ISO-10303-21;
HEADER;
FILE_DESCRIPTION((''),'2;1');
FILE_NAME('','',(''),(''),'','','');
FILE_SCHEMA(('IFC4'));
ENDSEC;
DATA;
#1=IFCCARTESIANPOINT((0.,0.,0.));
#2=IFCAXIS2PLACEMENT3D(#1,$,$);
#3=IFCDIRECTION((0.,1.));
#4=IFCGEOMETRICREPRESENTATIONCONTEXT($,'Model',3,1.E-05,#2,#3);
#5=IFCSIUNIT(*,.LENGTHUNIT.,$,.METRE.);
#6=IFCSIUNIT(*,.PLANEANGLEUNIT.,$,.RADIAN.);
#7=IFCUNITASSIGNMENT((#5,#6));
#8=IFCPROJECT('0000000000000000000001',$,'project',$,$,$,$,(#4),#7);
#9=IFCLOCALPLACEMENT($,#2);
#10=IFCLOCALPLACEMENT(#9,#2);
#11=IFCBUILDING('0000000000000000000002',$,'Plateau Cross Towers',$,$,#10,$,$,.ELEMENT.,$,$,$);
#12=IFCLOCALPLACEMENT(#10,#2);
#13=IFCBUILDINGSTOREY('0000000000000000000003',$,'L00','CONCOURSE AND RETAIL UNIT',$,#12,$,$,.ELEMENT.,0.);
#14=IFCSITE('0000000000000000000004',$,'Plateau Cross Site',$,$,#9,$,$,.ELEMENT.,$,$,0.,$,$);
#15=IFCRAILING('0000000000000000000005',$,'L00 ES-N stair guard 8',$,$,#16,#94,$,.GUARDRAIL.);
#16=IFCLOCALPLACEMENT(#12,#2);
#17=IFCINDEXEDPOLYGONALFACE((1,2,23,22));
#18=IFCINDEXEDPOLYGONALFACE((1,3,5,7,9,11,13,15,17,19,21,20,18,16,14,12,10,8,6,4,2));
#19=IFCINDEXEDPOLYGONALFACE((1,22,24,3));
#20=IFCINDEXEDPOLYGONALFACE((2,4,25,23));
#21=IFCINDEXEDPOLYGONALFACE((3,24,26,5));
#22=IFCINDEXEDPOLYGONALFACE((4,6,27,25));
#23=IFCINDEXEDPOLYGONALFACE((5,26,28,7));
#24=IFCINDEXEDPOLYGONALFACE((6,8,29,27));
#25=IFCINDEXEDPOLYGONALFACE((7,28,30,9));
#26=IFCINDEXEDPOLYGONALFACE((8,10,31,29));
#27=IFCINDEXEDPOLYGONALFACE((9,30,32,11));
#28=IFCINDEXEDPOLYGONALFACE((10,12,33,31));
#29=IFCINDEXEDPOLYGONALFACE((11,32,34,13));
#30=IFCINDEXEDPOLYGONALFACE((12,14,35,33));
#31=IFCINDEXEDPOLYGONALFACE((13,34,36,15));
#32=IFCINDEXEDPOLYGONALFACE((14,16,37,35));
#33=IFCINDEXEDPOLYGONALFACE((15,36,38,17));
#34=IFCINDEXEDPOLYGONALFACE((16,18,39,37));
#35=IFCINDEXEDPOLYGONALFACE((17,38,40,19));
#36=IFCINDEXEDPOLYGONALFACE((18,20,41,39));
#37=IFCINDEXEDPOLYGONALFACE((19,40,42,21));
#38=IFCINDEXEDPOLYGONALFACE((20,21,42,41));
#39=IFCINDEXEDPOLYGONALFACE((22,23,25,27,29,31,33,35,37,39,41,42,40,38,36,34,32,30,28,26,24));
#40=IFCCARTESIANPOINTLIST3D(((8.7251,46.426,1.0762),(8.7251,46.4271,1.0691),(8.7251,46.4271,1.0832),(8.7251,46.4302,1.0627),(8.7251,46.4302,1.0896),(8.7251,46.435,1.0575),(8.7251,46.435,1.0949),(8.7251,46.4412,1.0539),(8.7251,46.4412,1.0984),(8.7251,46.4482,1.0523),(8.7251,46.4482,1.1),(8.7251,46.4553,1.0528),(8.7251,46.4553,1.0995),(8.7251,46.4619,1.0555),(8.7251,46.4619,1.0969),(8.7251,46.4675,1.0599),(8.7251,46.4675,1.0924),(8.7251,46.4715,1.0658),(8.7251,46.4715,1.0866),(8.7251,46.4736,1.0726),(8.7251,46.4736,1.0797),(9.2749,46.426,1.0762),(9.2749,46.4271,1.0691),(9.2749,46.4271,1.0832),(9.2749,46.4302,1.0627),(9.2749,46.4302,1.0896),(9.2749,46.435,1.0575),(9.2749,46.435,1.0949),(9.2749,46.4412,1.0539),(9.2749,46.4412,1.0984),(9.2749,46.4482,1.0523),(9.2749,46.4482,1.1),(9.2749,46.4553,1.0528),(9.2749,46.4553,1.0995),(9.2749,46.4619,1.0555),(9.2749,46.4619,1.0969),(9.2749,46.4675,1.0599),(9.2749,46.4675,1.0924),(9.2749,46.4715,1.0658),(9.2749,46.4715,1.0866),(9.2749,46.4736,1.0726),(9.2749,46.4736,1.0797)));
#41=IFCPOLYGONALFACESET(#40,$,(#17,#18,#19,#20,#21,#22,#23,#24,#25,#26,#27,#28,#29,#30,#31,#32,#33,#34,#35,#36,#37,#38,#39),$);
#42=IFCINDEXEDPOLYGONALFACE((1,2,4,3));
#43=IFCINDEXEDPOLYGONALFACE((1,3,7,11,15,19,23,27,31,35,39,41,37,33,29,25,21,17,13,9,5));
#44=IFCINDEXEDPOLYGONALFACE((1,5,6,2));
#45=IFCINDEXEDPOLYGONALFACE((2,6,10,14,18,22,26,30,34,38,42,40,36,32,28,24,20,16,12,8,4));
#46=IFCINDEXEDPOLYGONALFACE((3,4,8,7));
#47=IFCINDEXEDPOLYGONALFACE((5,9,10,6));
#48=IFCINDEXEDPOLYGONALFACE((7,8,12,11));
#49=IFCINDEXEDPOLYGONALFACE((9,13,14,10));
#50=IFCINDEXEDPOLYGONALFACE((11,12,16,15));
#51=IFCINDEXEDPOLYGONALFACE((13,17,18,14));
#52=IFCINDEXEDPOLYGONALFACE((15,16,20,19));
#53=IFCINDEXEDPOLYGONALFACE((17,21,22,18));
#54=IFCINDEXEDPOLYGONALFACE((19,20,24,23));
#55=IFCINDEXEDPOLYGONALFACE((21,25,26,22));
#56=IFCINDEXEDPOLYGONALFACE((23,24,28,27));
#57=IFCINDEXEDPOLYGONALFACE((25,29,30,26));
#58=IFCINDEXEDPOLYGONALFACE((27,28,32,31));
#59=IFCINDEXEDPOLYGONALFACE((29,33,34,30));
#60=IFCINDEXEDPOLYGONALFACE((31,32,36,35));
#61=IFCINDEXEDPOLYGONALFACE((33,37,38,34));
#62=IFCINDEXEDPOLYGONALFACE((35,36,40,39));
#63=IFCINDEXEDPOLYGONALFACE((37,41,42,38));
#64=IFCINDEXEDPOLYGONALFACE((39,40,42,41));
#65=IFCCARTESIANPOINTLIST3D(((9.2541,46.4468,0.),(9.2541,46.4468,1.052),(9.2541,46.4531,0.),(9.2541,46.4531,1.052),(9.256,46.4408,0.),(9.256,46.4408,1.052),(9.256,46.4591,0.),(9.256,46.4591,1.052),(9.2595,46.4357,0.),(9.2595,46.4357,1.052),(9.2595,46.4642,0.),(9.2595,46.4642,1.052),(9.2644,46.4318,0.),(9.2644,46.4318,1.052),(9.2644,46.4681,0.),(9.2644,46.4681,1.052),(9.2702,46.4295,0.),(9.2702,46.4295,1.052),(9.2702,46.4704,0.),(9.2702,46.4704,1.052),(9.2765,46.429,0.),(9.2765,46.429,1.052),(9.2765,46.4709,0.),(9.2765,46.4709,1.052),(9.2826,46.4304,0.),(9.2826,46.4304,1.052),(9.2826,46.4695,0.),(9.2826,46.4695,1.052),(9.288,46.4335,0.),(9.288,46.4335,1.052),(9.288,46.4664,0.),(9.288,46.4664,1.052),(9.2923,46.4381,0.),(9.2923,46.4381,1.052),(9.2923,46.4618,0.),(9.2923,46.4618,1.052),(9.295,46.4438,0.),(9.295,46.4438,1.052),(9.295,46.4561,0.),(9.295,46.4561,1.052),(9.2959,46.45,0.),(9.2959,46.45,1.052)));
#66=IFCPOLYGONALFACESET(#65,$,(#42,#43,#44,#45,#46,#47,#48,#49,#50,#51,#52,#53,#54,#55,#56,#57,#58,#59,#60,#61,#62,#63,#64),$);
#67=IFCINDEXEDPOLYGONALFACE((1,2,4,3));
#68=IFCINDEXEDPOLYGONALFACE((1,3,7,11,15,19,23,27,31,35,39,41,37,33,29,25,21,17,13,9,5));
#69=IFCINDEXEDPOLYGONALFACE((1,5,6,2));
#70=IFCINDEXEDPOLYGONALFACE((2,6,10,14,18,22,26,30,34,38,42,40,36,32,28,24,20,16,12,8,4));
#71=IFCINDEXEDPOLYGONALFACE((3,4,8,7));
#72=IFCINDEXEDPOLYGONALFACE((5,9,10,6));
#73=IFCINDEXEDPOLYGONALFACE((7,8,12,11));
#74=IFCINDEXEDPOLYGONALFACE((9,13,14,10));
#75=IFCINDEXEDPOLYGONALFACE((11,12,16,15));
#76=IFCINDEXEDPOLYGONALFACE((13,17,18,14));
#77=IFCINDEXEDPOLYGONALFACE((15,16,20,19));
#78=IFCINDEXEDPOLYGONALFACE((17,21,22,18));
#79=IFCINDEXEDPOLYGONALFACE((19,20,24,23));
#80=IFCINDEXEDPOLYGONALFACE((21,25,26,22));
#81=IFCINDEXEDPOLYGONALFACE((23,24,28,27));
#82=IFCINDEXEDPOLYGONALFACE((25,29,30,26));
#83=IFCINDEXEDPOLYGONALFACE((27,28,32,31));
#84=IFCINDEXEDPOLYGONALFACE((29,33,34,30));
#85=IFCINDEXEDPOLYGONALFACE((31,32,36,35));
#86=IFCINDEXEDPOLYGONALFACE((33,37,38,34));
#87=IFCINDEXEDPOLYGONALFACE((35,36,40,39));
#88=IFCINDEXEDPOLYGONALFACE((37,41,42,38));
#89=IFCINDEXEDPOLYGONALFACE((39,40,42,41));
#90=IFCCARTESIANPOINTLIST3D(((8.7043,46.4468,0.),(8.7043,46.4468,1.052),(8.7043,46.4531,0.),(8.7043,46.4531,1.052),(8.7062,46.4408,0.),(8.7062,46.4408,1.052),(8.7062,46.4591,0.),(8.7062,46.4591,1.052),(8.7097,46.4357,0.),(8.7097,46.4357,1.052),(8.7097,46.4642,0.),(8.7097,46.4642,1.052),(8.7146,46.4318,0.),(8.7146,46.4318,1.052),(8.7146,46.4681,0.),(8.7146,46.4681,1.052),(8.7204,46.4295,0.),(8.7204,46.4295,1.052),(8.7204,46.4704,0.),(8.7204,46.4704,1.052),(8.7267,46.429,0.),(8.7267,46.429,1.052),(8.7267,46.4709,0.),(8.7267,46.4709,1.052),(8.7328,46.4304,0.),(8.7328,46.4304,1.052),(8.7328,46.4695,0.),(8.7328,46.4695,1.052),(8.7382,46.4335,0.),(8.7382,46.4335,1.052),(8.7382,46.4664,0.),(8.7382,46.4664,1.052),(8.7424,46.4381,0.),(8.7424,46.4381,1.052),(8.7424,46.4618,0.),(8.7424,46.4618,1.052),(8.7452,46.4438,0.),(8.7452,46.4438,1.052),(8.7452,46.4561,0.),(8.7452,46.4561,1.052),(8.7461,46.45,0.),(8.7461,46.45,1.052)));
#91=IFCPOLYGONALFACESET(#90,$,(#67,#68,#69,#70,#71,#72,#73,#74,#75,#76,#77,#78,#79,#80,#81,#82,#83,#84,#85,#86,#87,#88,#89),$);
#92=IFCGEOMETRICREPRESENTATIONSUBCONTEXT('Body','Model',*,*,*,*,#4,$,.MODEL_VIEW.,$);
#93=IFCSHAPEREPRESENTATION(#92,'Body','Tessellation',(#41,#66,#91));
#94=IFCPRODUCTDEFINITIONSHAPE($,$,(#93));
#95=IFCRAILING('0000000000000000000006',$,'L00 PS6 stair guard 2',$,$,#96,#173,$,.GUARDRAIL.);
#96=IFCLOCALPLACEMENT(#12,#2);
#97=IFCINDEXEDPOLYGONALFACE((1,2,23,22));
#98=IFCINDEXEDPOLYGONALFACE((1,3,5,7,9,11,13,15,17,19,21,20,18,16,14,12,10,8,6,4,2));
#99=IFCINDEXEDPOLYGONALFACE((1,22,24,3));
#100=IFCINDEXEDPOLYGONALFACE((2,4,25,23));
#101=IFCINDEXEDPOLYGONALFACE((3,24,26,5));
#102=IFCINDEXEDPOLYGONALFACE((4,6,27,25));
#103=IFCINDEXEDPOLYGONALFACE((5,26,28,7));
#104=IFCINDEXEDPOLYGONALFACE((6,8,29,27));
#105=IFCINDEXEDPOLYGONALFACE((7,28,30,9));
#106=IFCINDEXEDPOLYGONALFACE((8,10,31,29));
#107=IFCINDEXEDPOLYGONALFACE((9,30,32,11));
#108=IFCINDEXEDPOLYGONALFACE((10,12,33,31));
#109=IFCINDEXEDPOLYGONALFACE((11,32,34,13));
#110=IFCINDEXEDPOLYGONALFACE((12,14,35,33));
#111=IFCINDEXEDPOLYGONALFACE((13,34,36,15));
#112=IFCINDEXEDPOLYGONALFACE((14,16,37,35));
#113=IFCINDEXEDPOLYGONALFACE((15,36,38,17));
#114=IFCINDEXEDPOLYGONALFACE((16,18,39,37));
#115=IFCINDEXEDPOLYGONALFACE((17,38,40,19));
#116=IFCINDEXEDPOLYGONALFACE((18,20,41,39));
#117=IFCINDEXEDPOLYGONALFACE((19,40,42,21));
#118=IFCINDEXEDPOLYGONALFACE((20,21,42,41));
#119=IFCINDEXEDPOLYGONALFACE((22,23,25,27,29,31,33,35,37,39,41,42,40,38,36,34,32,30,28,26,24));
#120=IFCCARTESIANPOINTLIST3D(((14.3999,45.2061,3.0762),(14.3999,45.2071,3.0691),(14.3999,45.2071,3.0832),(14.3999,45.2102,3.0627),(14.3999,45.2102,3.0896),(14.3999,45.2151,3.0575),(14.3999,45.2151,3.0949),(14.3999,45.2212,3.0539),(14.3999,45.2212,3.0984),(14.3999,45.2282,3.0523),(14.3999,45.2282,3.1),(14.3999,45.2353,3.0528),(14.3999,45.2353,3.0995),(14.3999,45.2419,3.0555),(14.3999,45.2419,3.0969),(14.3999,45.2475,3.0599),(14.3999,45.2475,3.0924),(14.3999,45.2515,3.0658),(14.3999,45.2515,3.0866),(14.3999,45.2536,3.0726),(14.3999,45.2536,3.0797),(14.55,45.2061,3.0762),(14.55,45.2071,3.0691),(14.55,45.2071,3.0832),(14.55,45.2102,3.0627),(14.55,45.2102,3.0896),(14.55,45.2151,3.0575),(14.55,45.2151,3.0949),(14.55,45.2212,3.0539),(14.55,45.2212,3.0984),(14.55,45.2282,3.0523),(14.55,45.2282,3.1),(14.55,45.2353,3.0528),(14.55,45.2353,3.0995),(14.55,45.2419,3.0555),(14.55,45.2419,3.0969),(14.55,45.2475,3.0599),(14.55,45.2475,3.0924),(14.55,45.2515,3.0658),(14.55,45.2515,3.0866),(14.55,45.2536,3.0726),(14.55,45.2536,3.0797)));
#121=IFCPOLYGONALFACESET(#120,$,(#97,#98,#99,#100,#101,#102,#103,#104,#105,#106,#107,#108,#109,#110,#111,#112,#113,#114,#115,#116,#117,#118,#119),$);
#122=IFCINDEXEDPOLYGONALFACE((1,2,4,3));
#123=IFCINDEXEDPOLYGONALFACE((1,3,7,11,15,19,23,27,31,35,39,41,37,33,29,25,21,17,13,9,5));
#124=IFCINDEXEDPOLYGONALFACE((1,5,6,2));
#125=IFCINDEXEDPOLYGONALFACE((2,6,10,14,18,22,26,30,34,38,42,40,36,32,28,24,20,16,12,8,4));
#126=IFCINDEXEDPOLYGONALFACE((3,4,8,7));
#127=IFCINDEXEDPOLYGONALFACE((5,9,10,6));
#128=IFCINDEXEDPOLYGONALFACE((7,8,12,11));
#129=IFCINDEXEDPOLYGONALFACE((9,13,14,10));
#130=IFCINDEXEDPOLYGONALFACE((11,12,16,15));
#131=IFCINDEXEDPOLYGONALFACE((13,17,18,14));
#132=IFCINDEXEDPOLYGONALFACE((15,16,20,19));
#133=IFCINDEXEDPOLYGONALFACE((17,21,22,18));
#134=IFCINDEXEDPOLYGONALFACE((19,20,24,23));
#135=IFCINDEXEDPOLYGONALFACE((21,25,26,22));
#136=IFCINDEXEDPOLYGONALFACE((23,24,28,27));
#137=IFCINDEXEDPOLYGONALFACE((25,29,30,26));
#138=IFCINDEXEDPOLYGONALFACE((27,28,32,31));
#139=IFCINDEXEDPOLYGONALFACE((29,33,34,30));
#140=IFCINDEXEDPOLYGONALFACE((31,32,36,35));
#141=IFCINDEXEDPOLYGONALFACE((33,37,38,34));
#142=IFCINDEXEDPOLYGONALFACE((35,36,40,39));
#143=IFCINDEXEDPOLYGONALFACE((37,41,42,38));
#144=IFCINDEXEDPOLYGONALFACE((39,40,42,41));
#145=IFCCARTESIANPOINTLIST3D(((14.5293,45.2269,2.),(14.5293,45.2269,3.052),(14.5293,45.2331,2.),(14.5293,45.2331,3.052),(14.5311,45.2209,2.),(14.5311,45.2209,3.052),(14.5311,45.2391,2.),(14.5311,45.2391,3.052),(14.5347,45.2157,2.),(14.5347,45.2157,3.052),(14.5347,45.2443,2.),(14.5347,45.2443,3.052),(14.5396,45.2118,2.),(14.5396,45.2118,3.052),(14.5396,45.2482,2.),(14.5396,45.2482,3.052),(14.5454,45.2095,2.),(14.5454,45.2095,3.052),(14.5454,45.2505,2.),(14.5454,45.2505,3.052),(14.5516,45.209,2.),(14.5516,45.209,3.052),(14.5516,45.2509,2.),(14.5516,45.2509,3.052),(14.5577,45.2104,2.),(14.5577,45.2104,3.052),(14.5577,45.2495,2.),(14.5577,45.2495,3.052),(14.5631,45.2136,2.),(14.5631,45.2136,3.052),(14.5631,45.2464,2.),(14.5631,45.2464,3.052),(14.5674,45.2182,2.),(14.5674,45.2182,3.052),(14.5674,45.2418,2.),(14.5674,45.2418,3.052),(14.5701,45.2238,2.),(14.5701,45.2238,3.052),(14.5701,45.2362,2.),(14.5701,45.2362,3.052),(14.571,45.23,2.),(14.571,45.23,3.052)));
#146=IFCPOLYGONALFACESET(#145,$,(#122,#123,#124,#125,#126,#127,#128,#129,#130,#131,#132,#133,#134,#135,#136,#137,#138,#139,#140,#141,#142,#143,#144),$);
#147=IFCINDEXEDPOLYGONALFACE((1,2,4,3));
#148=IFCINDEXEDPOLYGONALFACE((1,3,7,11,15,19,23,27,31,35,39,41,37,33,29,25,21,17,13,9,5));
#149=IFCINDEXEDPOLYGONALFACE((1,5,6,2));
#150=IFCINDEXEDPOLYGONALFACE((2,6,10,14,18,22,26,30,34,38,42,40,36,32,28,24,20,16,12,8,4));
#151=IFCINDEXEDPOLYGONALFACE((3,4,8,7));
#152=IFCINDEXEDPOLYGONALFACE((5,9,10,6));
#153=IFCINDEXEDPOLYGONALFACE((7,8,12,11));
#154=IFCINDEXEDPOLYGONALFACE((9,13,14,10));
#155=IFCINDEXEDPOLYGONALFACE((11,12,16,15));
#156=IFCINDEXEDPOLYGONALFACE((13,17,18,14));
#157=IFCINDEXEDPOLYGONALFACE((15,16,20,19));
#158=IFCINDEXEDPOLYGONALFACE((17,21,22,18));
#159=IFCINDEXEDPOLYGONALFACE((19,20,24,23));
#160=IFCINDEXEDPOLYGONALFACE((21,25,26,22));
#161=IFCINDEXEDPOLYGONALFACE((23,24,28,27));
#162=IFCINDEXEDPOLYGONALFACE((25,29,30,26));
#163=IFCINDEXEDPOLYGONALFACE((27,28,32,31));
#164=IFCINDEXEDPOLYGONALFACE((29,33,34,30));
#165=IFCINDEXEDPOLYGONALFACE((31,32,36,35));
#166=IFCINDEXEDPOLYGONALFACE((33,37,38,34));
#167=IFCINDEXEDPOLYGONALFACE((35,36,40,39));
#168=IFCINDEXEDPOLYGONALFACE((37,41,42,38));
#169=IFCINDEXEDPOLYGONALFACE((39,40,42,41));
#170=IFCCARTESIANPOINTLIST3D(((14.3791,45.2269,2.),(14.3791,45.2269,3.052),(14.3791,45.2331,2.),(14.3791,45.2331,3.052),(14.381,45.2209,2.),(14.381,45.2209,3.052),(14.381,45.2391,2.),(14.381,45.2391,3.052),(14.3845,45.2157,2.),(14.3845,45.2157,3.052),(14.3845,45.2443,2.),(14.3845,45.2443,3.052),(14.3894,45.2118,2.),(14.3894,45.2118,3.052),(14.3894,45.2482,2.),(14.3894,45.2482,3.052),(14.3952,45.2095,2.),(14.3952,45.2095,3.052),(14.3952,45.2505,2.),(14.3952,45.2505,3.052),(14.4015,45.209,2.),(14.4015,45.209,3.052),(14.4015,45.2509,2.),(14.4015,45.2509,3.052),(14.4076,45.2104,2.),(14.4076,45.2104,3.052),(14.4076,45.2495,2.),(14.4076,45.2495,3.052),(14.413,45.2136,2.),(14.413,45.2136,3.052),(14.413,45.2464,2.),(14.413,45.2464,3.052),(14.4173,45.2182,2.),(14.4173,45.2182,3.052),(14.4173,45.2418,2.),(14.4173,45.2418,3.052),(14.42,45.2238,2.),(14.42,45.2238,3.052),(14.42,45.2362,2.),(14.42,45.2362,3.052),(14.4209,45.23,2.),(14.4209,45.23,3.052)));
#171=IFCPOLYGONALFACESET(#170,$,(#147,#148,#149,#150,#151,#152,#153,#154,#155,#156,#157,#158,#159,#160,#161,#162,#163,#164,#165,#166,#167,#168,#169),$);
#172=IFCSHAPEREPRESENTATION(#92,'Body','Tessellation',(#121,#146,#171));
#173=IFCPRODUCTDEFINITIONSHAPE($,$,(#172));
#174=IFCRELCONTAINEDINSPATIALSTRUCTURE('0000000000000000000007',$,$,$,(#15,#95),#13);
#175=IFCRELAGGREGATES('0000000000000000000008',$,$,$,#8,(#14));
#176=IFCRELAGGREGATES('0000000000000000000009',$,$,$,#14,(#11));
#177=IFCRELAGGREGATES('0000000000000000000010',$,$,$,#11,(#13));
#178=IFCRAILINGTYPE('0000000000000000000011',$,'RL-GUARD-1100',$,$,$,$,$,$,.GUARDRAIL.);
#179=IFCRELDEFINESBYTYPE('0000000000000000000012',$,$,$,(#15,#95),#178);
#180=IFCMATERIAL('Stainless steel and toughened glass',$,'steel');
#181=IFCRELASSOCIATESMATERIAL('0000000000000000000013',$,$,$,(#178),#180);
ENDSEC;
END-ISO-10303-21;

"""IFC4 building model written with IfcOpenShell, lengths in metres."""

from ifc_helpers import new_model, si_unit, direction, frame, origin, origin_2d, place, context, subcontext, project, spatial, circle, extrude, material, type_object, element, save


model = new_model("IFC4")

# Units and contexts
model_context = context("Model", 3, precision=1e-05, world=origin(), true_north=direction((0.0, 1.0)))
body_context = subcontext(model_context, "Body", "Model", "MODEL_VIEW")
ifc_project = project(units=[si_unit("LENGTHUNIT", "METRE"), si_unit("PLANEANGLEUNIT", "RADIAN")], contexts=[model_context])

# Site, building, storey
site_placement = place(None, origin())
site = spatial("IfcSite", under=ifc_project, at=site_placement, Name="Plateau Cross Site", CompositionType="ELEMENT", RefElevation=0.0)
building_placement = place(site_placement, origin())
building = spatial("IfcBuilding", under=site, at=building_placement, Name="Plateau Cross Towers", CompositionType="ELEMENT")
storey_placement = place(building_placement, origin())
storey = spatial("IfcBuildingStorey", under=building, at=storey_placement, Name="L00", Description="CONCOURSE AND RETAIL UNIT", CompositionType="ELEMENT", Elevation=0.0)

# Railings
ifc_material_1 = material(Name="Stainless steel and toughened glass", Category="steel")
railing_type_1 = type_object("IfcRailingType", Name="RL-GUARD-1100", PredefinedType="GUARDRAIL", material=ifc_material_1)
railing_1_placement = place(storey_placement, frame((9.2749, 46.45, 0.0)))
element("IfcRailing", 1, at=railing_1_placement, inside=storey, type_object=railing_type_1, Name="L00 ES-N stair guard 8", PredefinedType="GUARDRAIL", context=body_context, shape_type="SweptSolid", body=[
    extrude(circle(Radius=0.0239, at=origin_2d()), frame((0.0, 0.0, 1.0762), z_axis=(-1.0, 0.0, 0.0), x_axis=(0.0, -1.0, 0.0)), (0.0, 0.0, 1.0), 0.5498),
    extrude(circle(Radius=0.021, at=origin_2d()), origin(), (0.0, 0.0, 1.0), 1.052),
    extrude(circle(Radius=0.021, at=origin_2d()), frame((-0.5498, 0.0, 0.0)), (0.0, 0.0, 1.0), 1.052),
])
for number, where, name in (
    (2, (14.55, 45.23, 2.0), "L00 PS6 stair guard 2"),
):
    element("IfcRailing", number, at=place(storey_placement, frame(where)), inside=storey, type_object=railing_type_1, Name=name, PredefinedType="GUARDRAIL", context=body_context, shape_type="SweptSolid", body=[
        extrude(circle(Radius=0.0239, at=origin_2d()), frame((0.0, 0.0, 1.0762), z_axis=(-1.0, 0.0, 0.0), x_axis=(0.0, -1.0, 0.0)), (0.0, 0.0, 1.0), 0.1501),
        extrude(circle(Radius=0.021, at=origin_2d()), origin(), (0.0, 0.0, 1.0), 1.052),
        extrude(circle(Radius=0.021, at=origin_2d()), frame((-0.1501, 0.0, 0.0)), (0.0, 0.0, 1.0), 1.052),
    ])

save(model, "model.ifc")
